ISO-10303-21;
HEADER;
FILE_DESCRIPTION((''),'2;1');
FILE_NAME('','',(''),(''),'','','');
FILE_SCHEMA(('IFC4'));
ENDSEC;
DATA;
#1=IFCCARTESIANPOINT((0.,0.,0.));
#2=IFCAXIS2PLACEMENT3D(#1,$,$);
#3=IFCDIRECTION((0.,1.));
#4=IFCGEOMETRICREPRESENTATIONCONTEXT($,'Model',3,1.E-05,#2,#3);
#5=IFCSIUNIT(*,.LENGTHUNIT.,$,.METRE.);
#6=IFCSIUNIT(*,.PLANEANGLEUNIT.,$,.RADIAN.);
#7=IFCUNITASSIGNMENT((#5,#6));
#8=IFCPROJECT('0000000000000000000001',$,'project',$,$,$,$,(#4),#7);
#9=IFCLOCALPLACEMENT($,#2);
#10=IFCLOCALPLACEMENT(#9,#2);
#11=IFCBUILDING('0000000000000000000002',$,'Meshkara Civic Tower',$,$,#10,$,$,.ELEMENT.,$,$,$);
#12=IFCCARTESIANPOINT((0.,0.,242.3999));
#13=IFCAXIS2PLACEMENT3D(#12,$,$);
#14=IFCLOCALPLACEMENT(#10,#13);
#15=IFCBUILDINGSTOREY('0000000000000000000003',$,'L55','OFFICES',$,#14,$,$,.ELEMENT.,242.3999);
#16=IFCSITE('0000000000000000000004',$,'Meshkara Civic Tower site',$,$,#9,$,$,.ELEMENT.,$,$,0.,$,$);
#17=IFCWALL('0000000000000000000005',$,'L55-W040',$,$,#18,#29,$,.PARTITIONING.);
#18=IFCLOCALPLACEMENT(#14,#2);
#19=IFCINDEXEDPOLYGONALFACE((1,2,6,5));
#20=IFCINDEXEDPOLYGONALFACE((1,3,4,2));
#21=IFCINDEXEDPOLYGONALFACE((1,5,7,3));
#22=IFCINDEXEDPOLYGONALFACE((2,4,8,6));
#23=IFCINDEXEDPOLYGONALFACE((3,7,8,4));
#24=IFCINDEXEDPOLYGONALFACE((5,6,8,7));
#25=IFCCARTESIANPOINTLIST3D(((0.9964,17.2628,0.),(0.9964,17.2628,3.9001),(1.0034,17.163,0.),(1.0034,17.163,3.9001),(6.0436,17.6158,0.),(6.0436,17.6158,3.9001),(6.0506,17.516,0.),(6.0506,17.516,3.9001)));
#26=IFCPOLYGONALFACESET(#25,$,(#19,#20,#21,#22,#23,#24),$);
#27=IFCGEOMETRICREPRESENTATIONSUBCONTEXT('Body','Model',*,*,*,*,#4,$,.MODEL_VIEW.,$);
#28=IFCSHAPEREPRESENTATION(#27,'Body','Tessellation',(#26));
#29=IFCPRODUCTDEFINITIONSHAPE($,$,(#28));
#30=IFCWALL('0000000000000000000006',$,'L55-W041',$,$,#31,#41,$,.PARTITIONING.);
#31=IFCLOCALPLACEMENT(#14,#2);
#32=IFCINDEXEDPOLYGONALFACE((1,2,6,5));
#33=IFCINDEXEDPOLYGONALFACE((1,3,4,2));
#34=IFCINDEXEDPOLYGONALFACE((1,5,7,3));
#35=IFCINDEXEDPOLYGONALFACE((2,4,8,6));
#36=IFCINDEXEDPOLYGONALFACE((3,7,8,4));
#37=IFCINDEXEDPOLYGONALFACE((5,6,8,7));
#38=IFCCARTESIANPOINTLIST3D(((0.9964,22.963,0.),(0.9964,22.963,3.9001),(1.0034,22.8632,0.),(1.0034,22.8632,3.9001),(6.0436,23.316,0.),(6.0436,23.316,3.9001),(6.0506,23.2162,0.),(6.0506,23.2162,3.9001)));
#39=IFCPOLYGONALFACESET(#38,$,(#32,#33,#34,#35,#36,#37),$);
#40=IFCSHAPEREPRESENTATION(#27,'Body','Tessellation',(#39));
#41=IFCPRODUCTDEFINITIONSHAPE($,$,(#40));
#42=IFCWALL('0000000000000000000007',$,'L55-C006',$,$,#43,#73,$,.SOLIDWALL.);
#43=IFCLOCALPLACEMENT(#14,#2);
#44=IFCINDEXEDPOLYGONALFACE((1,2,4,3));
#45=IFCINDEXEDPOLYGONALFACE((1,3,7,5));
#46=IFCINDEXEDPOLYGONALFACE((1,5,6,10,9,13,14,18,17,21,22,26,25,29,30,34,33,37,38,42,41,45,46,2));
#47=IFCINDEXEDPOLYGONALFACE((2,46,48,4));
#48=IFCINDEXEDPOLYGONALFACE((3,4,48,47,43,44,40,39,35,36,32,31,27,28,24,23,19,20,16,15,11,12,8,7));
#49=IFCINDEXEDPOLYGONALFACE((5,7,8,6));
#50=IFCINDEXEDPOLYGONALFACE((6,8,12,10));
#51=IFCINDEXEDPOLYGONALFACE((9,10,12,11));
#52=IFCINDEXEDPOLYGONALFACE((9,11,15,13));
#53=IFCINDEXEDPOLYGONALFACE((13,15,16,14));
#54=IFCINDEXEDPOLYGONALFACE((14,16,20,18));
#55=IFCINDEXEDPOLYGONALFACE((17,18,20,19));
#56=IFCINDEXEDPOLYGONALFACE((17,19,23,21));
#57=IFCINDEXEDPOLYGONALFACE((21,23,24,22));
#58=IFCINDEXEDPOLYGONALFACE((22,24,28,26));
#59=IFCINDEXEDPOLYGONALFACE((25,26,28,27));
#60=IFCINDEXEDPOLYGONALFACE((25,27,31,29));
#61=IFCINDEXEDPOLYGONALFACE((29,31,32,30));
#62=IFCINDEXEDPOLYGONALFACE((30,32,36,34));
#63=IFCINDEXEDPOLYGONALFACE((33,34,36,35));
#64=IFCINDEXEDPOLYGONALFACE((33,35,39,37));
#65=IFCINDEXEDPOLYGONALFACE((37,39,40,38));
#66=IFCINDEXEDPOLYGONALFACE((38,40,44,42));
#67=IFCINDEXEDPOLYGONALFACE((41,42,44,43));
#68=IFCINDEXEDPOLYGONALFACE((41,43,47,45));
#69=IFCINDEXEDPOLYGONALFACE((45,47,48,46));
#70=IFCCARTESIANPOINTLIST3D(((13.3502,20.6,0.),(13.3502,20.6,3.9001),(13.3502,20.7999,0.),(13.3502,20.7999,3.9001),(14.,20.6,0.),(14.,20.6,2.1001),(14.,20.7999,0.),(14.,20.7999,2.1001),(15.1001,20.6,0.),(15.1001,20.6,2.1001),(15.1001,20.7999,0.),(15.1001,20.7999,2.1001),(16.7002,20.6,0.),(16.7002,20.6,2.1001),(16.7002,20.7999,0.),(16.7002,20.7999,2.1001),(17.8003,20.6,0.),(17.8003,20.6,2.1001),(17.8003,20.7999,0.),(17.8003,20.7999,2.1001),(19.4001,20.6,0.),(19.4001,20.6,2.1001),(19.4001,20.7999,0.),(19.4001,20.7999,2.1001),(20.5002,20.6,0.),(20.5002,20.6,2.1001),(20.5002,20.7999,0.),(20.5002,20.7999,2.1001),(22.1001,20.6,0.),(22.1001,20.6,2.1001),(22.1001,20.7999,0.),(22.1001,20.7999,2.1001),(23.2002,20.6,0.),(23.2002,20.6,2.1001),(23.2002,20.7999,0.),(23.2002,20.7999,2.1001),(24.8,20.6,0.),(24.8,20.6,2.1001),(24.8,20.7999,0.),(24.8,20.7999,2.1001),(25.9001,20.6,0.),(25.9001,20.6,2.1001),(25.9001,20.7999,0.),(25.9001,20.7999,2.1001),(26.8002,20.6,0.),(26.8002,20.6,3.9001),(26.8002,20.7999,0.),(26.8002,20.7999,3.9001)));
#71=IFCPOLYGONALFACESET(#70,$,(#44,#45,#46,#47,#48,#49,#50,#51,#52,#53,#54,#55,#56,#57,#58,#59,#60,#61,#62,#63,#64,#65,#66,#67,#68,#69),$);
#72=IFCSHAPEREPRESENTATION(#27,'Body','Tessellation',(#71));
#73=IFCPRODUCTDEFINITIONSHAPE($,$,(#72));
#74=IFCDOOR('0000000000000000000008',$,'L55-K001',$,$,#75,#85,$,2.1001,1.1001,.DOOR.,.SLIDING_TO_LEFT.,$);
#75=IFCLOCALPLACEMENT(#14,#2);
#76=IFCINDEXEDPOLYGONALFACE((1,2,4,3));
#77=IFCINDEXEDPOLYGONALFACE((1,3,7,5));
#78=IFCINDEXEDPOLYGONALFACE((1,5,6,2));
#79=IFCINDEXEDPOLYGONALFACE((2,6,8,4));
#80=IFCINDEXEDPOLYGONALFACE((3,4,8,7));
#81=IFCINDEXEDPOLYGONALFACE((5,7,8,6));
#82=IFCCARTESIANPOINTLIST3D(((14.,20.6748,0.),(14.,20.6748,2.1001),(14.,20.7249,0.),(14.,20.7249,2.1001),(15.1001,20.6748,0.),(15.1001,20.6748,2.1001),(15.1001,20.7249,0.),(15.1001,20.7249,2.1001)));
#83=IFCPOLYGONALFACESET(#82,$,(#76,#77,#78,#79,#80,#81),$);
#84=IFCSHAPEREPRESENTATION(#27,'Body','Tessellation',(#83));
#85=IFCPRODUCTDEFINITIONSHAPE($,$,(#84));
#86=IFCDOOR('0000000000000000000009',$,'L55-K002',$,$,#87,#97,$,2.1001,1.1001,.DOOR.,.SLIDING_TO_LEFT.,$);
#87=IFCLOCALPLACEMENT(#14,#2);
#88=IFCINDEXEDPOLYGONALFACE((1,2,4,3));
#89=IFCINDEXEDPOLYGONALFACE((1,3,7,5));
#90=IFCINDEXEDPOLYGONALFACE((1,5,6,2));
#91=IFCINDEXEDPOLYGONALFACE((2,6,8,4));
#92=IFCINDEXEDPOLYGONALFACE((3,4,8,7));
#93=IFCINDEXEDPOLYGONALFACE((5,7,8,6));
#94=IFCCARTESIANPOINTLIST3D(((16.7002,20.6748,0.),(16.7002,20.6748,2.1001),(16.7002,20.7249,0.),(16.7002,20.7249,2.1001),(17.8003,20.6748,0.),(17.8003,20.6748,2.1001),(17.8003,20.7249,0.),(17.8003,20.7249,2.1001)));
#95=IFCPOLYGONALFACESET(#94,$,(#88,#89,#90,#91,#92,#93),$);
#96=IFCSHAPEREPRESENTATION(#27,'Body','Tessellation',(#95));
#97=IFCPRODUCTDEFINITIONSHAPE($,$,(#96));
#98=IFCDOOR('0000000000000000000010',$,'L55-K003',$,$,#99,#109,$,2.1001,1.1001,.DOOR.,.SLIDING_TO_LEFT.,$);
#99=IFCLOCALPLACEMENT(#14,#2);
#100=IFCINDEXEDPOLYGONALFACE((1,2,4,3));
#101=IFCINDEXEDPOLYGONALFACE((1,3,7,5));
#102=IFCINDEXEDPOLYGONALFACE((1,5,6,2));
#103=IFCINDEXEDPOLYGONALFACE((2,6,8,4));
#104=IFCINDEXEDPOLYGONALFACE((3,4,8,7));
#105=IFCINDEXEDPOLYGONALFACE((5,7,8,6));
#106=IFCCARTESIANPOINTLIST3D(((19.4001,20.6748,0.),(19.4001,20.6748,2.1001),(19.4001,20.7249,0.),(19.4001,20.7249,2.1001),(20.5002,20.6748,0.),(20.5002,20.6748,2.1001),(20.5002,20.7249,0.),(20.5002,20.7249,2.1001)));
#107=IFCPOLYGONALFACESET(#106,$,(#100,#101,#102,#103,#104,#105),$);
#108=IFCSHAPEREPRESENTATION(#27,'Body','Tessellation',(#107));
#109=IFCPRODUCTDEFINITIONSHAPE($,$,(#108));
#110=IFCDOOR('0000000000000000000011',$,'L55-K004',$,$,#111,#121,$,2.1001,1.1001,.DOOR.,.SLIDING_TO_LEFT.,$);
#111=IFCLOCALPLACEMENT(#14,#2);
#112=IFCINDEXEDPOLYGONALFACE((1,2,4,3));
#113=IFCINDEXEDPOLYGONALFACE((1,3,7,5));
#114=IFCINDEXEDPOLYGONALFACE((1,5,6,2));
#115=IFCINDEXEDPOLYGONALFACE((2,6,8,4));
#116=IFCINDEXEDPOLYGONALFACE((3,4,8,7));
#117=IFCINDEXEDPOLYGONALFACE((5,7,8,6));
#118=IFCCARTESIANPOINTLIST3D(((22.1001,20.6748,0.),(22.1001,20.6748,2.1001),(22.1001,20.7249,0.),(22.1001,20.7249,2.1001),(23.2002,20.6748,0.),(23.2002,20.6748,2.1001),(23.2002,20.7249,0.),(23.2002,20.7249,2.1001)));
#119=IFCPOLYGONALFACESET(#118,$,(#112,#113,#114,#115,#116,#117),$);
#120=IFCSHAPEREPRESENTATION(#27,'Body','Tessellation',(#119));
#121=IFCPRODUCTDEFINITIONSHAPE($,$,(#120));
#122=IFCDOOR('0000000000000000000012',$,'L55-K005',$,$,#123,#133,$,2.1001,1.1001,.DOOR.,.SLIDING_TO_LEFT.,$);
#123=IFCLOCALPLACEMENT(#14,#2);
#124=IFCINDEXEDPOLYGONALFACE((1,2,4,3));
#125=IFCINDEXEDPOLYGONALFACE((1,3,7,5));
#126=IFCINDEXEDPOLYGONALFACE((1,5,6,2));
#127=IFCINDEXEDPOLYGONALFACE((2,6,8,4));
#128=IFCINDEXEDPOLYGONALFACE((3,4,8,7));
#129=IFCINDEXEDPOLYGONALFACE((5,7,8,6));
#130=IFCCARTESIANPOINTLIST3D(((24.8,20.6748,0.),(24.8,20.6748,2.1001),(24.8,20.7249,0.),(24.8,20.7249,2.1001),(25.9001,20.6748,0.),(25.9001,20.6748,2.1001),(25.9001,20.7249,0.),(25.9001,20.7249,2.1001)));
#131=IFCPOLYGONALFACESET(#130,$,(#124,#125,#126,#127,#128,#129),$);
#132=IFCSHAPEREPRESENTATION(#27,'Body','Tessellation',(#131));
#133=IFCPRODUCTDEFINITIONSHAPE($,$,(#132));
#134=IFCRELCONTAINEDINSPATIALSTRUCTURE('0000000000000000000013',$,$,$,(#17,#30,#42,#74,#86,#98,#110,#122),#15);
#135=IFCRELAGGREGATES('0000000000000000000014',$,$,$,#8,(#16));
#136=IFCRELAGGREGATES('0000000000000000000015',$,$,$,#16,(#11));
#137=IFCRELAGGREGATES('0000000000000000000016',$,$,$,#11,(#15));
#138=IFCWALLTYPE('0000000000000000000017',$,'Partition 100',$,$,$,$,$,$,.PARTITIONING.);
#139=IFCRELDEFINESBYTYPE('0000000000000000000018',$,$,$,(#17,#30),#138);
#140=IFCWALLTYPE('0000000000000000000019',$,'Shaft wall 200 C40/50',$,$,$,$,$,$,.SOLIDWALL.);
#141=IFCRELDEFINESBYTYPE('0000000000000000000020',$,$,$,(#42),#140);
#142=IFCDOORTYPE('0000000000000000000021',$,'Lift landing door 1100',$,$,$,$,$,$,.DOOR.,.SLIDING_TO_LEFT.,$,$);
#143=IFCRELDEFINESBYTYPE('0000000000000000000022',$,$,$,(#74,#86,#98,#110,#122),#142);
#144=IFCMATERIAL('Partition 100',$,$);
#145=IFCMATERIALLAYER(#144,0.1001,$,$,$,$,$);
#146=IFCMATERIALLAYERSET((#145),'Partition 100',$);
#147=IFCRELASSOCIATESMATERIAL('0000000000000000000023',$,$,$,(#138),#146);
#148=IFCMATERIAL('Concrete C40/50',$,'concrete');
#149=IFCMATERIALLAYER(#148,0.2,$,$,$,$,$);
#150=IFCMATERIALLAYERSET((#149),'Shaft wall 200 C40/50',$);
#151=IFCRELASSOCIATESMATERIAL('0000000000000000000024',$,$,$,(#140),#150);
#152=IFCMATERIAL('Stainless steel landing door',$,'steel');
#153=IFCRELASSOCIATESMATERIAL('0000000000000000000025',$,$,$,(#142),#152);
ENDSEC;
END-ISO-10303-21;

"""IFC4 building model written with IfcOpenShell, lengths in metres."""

from ifc_helpers import new_model, si_unit, direction, frame, frame_2d, origin, place, context, subcontext, project, spatial, rectangle, extrude, material, layer, layer_set, type_object, element, fill, save


model = new_model("IFC4")

# Units and contexts
model_context = context("Model", 3, precision=1e-05, world=origin(), true_north=direction((0.0, 1.0)))
body_context = subcontext(model_context, "Body", "Model", "MODEL_VIEW")
ifc_project = project(units=[si_unit("LENGTHUNIT", "METRE"), si_unit("PLANEANGLEUNIT", "RADIAN")], contexts=[model_context])

# Site, building, storey
site_placement = place(None, origin())
site = spatial("IfcSite", under=ifc_project, at=site_placement, Name="Meshkara Civic Tower site", CompositionType="ELEMENT", RefElevation=0.0)
building_placement = place(site_placement, origin())
building = spatial("IfcBuilding", under=site, at=building_placement, Name="Meshkara Civic Tower", CompositionType="ELEMENT")
storey_placement = place(building_placement, frame((0.0, 0.0, 242.3999)))
storey = spatial("IfcBuildingStorey", under=building, at=storey_placement, Name="L55", Description="OFFICES", CompositionType="ELEMENT", Elevation=242.3999)

# Walls
ifc_material_1 = material(Name="Partition 100")
ifc_layer_1 = layer(ifc_material_1, 0.1001)
ifc_layer_set_1 = layer_set([ifc_layer_1], Name="Partition 100")
wall_type_1 = type_object("IfcWallType", Name="Partition 100", PredefinedType="PARTITIONING", material=ifc_layer_set_1)
for number, where, z_axis, x_axis, name in (
    (1, (6.0471, 17.5659, 0.0), (0.0, 0.0, 1.0), (-0.997563, -0.069776, 0.0), "L55-W040"),
    (2, (6.0471, 23.2661, 0.0), (0.0, 0.0, 1.0), (-0.997563, -0.069776, 0.0), "L55-W041"),
):
    element("IfcWall", number, at=place(storey_placement, frame(where, z_axis=z_axis, x_axis=x_axis)), inside=storey, type_object=wall_type_1, Name=name, PredefinedType="PARTITIONING", context=body_context, shape_type="SweptSolid", body=[
        extrude(rectangle(XDim=5.0596, YDim=0.1001, at=frame_2d((2.5298, 0.0))), origin(), (0.0, 0.0, 1.0), 3.9001),
    ])

# Wall, openings, doors
ifc_material_2 = material(Name="Concrete C40/50", Category="concrete")
ifc_layer_2 = layer(ifc_material_2, 0.2)
ifc_layer_set_2 = layer_set([ifc_layer_2], Name="Shaft wall 200 C40/50")
wall_type_2 = type_object("IfcWallType", Name="Shaft wall 200 C40/50", PredefinedType="SOLIDWALL", material=ifc_layer_set_2)
wall_1_placement = place(storey_placement, frame((13.3501, 20.7, 0.0), z_axis=(0.0, 0.0, 1.0), x_axis=(1.0, 0.0, 0.0)))
wall_1 = element("IfcWall", 3, at=wall_1_placement, inside=storey, type_object=wall_type_2, Name="L55-C006", PredefinedType="SOLIDWALL", context=body_context, shape_type="SweptSolid", body=[
    extrude(rectangle(XDim=13.45, YDim=0.2, at=frame_2d((6.7251, 0.0))), origin(), (0.0, 0.0, 1.0), 3.9001),
])
opening_1_placement = place(wall_1_placement, frame((0.6499, 0.0, 0.0)))
opening_1 = element("IfcOpeningElement", 4, at=opening_1_placement, cuts=wall_1, PredefinedType="OPENING", context=body_context, shape_type="SweptSolid", body=[
    extrude(rectangle(XDim=1.1001, YDim=2.1001, at=frame_2d((0.55, 1.05))), frame((0.0, 0.1099, 0.0), z_axis=(0.0, -1.0, 0.0), x_axis=(1.0, 0.0, 0.0)), (0.0, 0.0, 1.0), 0.22),
])
opening_2_placement = place(wall_1_placement, frame((3.3501, 0.0, 0.0)))
opening_2 = element("IfcOpeningElement", 5, at=opening_2_placement, cuts=wall_1, PredefinedType="OPENING", context=body_context, shape_type="SweptSolid", body=[
    extrude(rectangle(XDim=1.1001, YDim=2.1001, at=frame_2d((0.55, 1.05))), frame((0.0, 0.1099, 0.0), z_axis=(0.0, -1.0, 0.0), x_axis=(1.0, 0.0, 0.0)), (0.0, 0.0, 1.0), 0.22),
])
opening_3_placement = place(wall_1_placement, frame((6.05, 0.0, 0.0)))
opening_3 = element("IfcOpeningElement", 6, at=opening_3_placement, cuts=wall_1, PredefinedType="OPENING", context=body_context, shape_type="SweptSolid", body=[
    extrude(rectangle(XDim=1.1001, YDim=2.1001, at=frame_2d((0.55, 1.05))), frame((0.0, 0.1099, 0.0), z_axis=(0.0, -1.0, 0.0), x_axis=(1.0, 0.0, 0.0)), (0.0, 0.0, 1.0), 0.22),
])
opening_4_placement = place(wall_1_placement, frame((8.75, 0.0, 0.0)))
opening_4 = element("IfcOpeningElement", 7, at=opening_4_placement, cuts=wall_1, PredefinedType="OPENING", context=body_context, shape_type="SweptSolid", body=[
    extrude(rectangle(XDim=1.1001, YDim=2.1001, at=frame_2d((0.55, 1.05))), frame((0.0, 0.1099, 0.0), z_axis=(0.0, -1.0, 0.0), x_axis=(1.0, 0.0, 0.0)), (0.0, 0.0, 1.0), 0.22),
])
opening_5_placement = place(wall_1_placement, frame((11.45, 0.0, 0.0)))
opening_5 = element("IfcOpeningElement", 8, at=opening_5_placement, cuts=wall_1, PredefinedType="OPENING", context=body_context, shape_type="SweptSolid", body=[
    extrude(rectangle(XDim=1.1001, YDim=2.1001, at=frame_2d((0.55, 1.05))), frame((0.0, 0.1099, 0.0), z_axis=(0.0, -1.0, 0.0), x_axis=(1.0, 0.0, 0.0)), (0.0, 0.0, 1.0), 0.22),
])
ifc_material_3 = material(Name="Stainless steel landing door", Category="steel")
door_type_1 = type_object("IfcDoorType", Name="Lift landing door 1100", OperationType="SLIDING_TO_LEFT", PredefinedType="DOOR", material=ifc_material_3)
door_1_placement = place(opening_1_placement, origin())
door_1 = element("IfcDoor", 9, at=door_1_placement, inside=storey, type_object=door_type_1, Name="L55-K001", OperationType="SLIDING_TO_LEFT", OverallHeight=2.1001, OverallWidth=1.1001, PredefinedType="DOOR", context=body_context, shape_type="SweptSolid", body=[
    extrude(rectangle(XDim=1.1001, YDim=2.1001, at=frame_2d((0.55, 1.05))), frame((0.0, 0.0249, 0.0), z_axis=(0.0, -1.0, 0.0), x_axis=(1.0, 0.0, 0.0)), (0.0, 0.0, 1.0), 0.05),
])
fill(opening_1, door_1)
door_2_placement = place(opening_2_placement, origin())
door_2 = element("IfcDoor", 10, at=door_2_placement, inside=storey, type_object=door_type_1, Name="L55-K002", OperationType="SLIDING_TO_LEFT", OverallHeight=2.1001, OverallWidth=1.1001, PredefinedType="DOOR", context=body_context, shape_type="SweptSolid", body=[
    extrude(rectangle(XDim=1.1001, YDim=2.1001, at=frame_2d((0.55, 1.05))), frame((0.0, 0.0249, 0.0), z_axis=(0.0, -1.0, 0.0), x_axis=(1.0, 0.0, 0.0)), (0.0, 0.0, 1.0), 0.05),
])
fill(opening_2, door_2)
door_3_placement = place(opening_3_placement, origin())
door_3 = element("IfcDoor", 11, at=door_3_placement, inside=storey, type_object=door_type_1, Name="L55-K003", OperationType="SLIDING_TO_LEFT", OverallHeight=2.1001, OverallWidth=1.1001, PredefinedType="DOOR", context=body_context, shape_type="SweptSolid", body=[
    extrude(rectangle(XDim=1.1001, YDim=2.1001, at=frame_2d((0.55, 1.05))), frame((0.0, 0.0249, 0.0), z_axis=(0.0, -1.0, 0.0), x_axis=(1.0, 0.0, 0.0)), (0.0, 0.0, 1.0), 0.05),
])
fill(opening_3, door_3)
door_4_placement = place(opening_4_placement, origin())
door_4 = element("IfcDoor", 12, at=door_4_placement, inside=storey, type_object=door_type_1, Name="L55-K004", OperationType="SLIDING_TO_LEFT", OverallHeight=2.1001, OverallWidth=1.1001, PredefinedType="DOOR", context=body_context, shape_type="SweptSolid", body=[
    extrude(rectangle(XDim=1.1001, YDim=2.1001, at=frame_2d((0.55, 1.05))), frame((0.0, 0.0249, 0.0), z_axis=(0.0, -1.0, 0.0), x_axis=(1.0, 0.0, 0.0)), (0.0, 0.0, 1.0), 0.05),
])
fill(opening_4, door_4)
door_5_placement = place(opening_5_placement, origin())
door_5 = element("IfcDoor", 13, at=door_5_placement, inside=storey, type_object=door_type_1, Name="L55-K005", OperationType="SLIDING_TO_LEFT", OverallHeight=2.1001, OverallWidth=1.1001, PredefinedType="DOOR", context=body_context, shape_type="SweptSolid", body=[
    extrude(rectangle(XDim=1.1001, YDim=2.1001, at=frame_2d((0.55, 1.05))), frame((0.0, 0.0249, 0.0), z_axis=(0.0, -1.0, 0.0), x_axis=(1.0, 0.0, 0.0)), (0.0, 0.0, 1.0), 0.05),
])
fill(opening_5, door_5)

save(model, "model.ifc")
